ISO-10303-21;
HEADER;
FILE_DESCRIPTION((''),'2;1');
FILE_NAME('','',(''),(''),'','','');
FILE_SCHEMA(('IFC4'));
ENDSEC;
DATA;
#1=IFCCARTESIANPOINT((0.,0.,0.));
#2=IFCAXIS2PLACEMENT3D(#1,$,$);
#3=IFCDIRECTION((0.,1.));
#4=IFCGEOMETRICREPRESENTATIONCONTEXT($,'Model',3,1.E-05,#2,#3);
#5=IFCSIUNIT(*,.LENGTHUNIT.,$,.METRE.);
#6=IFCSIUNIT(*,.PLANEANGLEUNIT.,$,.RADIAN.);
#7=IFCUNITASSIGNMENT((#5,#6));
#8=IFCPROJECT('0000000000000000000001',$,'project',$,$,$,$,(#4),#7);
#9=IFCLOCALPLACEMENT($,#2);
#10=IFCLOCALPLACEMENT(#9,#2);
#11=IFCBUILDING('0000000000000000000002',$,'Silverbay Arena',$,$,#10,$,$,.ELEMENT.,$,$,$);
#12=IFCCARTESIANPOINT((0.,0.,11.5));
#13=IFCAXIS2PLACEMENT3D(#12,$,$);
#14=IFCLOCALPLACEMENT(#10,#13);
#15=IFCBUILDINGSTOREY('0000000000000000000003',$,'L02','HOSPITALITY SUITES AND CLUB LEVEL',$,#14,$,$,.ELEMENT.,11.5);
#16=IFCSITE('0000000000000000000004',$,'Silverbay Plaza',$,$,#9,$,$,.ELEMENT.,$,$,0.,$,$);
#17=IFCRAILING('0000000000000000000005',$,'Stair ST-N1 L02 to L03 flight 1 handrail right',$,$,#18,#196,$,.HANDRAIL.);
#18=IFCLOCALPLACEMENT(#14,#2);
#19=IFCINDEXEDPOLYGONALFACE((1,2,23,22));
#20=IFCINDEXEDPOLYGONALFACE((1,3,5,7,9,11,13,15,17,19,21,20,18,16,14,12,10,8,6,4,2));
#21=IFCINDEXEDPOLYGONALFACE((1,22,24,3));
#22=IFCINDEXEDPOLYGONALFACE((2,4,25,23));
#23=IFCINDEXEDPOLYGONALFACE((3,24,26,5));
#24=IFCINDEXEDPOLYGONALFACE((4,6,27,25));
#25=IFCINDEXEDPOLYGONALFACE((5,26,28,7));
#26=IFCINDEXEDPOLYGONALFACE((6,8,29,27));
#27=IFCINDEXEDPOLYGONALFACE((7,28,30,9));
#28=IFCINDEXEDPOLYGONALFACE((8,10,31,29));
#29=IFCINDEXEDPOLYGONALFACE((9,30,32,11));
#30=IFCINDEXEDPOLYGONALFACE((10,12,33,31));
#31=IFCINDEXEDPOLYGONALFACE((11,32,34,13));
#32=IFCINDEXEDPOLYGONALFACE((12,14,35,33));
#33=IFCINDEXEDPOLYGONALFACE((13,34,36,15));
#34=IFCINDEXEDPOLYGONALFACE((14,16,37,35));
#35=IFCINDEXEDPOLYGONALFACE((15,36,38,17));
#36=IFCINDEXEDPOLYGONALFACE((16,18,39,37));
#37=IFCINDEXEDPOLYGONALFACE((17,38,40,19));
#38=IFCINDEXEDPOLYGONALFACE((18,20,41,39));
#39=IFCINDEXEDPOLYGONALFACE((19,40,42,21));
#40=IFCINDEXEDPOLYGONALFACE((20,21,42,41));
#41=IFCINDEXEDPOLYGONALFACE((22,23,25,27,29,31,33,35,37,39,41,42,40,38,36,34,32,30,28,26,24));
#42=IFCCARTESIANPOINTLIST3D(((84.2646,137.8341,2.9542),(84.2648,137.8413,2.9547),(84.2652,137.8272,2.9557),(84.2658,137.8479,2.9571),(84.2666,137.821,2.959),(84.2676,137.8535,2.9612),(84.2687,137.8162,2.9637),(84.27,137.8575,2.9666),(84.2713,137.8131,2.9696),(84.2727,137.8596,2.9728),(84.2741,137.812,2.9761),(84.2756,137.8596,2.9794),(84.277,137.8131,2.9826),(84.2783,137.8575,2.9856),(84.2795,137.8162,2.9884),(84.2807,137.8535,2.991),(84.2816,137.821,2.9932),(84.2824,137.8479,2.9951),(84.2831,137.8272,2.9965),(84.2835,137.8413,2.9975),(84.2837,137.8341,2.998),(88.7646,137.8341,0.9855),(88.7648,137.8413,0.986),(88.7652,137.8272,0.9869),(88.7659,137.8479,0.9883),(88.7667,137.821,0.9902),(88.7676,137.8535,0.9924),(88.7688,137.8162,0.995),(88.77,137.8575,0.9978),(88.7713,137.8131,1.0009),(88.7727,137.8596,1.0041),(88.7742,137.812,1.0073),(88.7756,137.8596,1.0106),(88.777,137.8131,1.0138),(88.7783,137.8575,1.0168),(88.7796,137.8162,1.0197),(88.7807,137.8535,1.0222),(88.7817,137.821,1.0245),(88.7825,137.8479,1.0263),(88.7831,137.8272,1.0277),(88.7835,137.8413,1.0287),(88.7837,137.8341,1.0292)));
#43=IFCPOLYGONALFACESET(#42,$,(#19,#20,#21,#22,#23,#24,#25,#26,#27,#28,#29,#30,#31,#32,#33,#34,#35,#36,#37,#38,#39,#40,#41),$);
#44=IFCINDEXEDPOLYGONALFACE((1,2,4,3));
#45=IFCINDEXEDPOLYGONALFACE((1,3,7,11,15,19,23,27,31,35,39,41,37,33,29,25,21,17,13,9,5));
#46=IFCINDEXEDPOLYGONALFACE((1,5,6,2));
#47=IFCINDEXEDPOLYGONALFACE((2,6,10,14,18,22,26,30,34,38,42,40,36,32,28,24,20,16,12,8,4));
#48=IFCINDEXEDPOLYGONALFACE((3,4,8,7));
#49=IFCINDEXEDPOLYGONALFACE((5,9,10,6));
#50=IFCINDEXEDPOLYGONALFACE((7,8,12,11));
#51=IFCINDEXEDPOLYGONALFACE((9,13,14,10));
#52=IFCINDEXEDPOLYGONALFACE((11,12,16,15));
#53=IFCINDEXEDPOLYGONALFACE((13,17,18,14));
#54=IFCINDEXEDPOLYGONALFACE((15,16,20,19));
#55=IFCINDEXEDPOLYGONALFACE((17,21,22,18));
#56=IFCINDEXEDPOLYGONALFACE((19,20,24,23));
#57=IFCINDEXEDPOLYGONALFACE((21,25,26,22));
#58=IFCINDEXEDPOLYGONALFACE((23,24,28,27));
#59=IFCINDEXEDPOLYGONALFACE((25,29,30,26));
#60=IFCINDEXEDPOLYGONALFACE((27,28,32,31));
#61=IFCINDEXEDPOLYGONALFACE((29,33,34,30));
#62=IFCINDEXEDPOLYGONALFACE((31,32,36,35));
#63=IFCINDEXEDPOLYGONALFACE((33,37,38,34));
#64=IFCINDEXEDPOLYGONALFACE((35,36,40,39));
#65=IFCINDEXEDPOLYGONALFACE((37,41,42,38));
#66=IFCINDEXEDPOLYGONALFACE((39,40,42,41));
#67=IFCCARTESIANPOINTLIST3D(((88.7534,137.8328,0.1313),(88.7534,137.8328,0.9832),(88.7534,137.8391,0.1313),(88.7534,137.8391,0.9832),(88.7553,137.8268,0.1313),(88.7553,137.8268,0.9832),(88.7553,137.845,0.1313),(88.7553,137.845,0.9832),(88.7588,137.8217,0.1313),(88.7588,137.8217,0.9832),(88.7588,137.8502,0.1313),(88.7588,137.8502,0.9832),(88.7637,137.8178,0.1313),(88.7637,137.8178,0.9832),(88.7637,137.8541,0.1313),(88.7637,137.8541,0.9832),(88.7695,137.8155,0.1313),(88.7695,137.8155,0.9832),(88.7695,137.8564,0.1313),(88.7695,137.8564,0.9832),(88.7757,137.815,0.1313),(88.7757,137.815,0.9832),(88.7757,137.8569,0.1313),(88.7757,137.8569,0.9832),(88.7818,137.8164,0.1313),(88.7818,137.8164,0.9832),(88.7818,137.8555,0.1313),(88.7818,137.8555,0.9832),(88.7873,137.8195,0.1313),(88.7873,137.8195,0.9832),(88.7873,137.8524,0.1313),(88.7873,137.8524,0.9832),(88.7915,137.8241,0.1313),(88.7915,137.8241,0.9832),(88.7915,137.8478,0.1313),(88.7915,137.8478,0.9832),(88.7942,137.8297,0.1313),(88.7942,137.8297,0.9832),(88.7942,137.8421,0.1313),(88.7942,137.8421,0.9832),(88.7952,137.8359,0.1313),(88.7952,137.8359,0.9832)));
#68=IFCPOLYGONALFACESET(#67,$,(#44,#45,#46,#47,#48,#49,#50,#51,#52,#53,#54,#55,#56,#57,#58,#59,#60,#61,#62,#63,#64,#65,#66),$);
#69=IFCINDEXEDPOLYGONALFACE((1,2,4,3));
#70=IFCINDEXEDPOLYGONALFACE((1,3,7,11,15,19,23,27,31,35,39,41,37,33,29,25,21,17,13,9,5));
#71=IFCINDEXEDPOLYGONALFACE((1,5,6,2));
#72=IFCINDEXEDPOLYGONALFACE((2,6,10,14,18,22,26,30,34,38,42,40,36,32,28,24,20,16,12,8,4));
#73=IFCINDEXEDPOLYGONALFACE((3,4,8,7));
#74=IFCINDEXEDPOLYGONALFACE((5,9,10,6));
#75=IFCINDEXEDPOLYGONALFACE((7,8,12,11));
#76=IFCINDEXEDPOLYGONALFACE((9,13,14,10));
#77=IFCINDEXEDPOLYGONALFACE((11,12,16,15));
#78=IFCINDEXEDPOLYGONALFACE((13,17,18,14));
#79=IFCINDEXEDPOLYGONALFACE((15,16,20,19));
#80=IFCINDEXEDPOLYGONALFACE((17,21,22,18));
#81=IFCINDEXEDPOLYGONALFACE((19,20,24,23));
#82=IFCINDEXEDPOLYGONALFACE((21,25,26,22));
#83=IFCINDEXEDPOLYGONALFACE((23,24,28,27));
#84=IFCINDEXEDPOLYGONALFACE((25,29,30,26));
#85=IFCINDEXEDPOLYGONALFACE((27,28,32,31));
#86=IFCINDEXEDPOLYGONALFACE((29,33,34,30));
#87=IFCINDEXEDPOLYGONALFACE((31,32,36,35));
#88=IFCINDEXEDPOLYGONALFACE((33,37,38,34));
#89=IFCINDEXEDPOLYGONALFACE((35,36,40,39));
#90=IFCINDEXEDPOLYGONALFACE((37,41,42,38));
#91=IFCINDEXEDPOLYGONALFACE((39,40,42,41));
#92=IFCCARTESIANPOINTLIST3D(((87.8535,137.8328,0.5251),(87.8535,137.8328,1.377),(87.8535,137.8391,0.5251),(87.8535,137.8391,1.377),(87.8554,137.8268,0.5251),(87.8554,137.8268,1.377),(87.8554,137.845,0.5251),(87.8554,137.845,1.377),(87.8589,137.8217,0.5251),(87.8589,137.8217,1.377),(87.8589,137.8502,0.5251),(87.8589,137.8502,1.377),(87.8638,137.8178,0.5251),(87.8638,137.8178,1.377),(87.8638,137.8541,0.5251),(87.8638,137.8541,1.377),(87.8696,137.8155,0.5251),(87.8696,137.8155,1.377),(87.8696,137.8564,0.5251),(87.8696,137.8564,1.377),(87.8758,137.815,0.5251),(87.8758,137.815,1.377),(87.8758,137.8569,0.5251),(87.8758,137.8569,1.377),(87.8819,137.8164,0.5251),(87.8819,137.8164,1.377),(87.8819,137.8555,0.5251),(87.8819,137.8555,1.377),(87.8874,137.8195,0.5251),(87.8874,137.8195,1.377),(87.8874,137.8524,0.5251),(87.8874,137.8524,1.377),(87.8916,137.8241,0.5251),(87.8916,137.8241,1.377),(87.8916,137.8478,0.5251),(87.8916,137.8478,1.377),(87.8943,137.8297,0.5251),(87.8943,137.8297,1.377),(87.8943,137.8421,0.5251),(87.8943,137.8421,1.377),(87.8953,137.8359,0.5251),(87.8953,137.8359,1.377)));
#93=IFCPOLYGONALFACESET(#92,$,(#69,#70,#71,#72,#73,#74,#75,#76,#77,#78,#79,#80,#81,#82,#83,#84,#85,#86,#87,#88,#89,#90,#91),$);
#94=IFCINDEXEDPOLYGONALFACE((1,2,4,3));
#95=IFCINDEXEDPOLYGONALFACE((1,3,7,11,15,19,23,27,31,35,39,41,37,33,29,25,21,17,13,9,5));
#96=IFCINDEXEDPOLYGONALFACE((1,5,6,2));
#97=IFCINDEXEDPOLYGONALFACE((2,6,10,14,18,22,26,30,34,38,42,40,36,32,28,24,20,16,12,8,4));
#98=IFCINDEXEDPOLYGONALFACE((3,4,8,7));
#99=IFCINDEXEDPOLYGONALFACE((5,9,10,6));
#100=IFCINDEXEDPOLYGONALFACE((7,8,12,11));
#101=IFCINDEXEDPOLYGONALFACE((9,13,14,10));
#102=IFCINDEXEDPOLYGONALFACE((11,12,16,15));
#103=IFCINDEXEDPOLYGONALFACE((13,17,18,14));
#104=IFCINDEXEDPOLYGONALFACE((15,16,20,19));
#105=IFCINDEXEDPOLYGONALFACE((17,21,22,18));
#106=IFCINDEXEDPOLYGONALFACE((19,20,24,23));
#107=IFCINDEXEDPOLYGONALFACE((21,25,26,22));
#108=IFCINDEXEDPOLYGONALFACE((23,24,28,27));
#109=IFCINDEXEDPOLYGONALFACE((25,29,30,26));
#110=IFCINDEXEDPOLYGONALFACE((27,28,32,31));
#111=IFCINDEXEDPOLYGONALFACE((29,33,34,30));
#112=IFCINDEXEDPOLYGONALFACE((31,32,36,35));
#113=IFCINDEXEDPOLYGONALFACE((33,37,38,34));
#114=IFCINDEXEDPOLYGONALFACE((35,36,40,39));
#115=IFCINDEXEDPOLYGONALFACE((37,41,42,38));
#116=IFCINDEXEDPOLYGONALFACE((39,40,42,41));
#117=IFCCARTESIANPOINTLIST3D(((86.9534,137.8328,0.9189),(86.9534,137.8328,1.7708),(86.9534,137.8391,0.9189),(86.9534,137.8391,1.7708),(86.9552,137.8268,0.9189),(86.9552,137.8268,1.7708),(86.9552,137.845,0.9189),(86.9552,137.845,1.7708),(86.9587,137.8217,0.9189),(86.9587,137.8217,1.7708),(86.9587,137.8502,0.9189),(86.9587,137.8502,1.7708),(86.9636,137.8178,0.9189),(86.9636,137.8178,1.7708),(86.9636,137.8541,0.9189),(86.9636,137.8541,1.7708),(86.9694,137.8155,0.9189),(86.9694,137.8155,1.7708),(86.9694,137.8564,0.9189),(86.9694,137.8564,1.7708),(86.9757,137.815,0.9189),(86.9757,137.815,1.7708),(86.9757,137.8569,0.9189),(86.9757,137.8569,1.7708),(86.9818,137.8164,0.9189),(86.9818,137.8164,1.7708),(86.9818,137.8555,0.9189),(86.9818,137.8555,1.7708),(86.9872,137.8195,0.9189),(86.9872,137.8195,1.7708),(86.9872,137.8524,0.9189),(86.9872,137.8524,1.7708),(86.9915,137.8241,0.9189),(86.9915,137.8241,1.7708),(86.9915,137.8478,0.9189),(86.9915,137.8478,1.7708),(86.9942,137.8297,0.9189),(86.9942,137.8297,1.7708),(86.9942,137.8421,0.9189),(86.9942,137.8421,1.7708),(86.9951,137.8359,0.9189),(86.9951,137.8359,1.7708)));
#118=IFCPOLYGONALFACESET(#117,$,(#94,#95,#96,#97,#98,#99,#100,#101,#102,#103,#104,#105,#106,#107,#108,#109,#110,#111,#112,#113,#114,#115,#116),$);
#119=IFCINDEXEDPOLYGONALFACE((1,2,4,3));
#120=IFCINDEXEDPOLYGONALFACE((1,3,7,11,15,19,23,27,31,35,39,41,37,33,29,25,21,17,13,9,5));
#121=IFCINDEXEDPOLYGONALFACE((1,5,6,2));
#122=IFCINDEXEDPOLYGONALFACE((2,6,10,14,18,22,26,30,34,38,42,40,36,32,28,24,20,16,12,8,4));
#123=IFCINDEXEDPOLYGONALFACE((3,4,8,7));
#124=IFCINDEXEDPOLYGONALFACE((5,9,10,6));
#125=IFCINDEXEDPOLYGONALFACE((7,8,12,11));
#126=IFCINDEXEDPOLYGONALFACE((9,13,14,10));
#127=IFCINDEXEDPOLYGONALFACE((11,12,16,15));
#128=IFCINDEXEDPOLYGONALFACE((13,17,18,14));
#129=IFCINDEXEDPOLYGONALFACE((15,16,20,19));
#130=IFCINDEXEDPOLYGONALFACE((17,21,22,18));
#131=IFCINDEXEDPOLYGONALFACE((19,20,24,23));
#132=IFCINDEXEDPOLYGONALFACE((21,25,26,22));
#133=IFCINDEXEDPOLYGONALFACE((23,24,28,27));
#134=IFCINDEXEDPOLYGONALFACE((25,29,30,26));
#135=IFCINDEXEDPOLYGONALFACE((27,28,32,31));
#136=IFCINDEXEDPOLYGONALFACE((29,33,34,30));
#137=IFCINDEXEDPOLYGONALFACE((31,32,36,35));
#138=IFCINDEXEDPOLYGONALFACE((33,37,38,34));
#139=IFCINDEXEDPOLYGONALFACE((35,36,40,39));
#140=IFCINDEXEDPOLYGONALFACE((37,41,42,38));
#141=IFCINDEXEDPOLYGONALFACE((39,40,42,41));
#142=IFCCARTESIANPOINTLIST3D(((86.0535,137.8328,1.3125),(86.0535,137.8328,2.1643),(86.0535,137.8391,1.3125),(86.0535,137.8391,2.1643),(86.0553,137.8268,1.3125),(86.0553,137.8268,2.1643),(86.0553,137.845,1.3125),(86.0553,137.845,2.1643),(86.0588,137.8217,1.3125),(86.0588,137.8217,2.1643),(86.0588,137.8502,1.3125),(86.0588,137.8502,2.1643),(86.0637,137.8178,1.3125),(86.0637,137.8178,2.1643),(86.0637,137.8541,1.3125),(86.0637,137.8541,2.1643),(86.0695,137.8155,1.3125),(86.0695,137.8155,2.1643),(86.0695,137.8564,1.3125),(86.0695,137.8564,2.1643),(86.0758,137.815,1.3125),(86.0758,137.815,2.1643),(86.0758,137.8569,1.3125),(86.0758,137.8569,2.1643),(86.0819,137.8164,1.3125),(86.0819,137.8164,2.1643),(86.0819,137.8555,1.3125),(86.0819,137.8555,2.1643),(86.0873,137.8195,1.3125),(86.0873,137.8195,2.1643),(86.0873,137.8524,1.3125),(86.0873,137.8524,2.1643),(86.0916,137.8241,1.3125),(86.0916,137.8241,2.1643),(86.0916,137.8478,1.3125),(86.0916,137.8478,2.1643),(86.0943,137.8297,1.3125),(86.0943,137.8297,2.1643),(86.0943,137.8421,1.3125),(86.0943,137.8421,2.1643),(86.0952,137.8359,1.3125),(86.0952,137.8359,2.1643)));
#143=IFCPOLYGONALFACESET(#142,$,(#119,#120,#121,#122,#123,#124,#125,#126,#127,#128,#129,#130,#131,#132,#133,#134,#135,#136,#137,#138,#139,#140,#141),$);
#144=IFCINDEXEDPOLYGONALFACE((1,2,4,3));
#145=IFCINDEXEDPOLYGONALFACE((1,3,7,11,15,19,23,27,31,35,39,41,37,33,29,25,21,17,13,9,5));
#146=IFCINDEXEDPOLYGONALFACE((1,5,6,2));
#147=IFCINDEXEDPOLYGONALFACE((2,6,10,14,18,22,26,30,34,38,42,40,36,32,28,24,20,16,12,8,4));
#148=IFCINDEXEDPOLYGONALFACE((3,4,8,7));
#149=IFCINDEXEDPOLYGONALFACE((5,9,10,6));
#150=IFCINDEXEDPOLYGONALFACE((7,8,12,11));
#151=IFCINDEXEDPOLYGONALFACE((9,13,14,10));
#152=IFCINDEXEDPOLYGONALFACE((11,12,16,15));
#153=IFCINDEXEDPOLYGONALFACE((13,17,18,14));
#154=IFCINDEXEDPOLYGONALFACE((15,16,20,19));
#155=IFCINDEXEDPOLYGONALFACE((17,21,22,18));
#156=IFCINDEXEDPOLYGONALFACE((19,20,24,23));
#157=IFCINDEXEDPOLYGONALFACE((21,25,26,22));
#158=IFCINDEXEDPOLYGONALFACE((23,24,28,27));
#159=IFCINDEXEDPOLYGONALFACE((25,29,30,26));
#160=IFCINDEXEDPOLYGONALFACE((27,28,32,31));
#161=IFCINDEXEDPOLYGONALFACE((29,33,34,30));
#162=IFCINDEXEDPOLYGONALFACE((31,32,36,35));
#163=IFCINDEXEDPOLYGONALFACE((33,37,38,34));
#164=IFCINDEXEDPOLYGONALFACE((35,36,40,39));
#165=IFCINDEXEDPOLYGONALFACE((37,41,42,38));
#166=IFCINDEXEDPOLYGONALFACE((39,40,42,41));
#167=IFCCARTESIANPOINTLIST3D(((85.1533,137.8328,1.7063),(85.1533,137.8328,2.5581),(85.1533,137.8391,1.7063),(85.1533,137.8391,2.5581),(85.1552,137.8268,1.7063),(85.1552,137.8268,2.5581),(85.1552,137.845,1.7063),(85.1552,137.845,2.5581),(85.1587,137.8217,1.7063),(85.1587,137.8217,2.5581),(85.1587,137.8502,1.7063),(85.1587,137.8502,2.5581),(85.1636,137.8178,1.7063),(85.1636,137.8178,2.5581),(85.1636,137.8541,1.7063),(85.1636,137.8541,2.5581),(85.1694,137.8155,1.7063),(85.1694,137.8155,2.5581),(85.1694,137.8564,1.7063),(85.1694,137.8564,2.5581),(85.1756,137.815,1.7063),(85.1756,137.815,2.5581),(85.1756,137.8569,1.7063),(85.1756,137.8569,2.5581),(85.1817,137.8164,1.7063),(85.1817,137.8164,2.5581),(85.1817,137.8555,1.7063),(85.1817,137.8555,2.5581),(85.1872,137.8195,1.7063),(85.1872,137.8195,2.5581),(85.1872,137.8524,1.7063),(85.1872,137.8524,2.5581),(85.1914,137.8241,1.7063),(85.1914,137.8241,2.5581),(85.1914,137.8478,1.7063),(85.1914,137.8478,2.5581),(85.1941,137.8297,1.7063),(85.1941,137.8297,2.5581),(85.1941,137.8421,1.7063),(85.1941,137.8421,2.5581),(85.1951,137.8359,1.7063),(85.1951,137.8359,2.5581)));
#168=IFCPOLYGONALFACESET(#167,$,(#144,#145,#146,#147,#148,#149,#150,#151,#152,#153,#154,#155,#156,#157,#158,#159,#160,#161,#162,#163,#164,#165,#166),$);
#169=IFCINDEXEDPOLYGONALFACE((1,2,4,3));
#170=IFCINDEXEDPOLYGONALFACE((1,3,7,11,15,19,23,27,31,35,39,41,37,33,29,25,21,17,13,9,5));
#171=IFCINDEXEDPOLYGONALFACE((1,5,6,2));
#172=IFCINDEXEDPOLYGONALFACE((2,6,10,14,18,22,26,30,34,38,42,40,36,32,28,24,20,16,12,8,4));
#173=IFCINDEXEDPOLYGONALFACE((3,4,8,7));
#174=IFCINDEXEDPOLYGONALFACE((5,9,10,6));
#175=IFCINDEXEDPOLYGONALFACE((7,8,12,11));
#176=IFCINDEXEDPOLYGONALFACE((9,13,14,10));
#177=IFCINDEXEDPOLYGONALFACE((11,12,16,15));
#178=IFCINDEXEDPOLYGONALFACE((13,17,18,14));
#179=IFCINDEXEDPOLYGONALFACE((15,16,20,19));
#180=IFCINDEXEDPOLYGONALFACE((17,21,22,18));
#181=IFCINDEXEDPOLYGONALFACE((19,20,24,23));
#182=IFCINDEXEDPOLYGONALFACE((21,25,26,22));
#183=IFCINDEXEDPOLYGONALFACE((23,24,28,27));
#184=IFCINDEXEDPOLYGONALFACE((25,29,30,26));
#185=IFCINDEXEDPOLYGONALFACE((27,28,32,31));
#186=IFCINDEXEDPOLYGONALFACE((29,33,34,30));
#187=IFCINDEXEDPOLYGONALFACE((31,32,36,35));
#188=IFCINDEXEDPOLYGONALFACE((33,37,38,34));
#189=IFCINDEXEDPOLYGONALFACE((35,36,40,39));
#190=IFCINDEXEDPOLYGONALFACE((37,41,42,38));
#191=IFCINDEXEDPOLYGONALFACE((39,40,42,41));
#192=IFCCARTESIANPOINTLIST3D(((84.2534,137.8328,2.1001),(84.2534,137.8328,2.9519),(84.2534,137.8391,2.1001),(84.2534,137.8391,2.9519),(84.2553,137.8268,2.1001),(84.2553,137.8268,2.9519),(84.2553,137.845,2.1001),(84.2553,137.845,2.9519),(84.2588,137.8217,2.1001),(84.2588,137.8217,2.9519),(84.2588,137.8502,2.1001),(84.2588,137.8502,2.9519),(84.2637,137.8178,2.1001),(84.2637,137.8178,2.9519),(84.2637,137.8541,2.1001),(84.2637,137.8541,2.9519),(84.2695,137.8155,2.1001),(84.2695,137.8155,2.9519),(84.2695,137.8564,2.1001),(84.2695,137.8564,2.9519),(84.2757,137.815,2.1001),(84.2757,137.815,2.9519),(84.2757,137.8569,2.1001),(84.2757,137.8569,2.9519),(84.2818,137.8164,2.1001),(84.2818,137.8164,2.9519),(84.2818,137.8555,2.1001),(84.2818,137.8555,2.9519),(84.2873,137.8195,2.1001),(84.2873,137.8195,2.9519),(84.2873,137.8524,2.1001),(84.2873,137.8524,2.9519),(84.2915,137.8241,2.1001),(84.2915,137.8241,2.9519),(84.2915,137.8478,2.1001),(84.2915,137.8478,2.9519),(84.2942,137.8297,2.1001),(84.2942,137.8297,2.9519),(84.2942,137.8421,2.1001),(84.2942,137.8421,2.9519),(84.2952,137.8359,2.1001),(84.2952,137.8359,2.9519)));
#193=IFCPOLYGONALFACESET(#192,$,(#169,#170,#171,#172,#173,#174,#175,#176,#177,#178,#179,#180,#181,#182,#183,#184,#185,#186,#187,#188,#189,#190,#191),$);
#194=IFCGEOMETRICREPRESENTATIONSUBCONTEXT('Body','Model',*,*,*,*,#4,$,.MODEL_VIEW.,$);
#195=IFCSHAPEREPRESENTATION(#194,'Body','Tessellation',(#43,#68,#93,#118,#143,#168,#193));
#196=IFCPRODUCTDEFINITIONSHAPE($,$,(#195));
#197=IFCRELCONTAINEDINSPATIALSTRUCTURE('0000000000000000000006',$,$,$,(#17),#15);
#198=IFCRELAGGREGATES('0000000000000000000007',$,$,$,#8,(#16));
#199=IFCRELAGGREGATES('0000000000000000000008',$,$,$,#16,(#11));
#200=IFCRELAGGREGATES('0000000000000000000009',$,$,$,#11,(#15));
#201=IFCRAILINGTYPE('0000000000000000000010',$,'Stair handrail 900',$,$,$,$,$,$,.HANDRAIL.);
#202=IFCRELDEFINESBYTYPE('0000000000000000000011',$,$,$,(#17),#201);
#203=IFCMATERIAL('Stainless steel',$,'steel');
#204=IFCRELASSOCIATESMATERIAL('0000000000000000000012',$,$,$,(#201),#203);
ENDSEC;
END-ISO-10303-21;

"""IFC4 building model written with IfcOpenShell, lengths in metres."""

from ifc_helpers import new_model, si_unit, direction, frame, origin, origin_2d, place, context, subcontext, project, spatial, circle, extrude, material, type_object, element, save


model = new_model("IFC4")

# Units and contexts
model_context = context("Model", 3, precision=1e-05, world=origin(), true_north=direction((0.0, 1.0)))
body_context = subcontext(model_context, "Body", "Model", "MODEL_VIEW")
ifc_project = project(units=[si_unit("LENGTHUNIT", "METRE"), si_unit("PLANEANGLEUNIT", "RADIAN")], contexts=[model_context])

# Site, building, storey
site_placement = place(None, origin())
site = spatial("IfcSite", under=ifc_project, at=site_placement, Name="Silverbay Plaza", CompositionType="ELEMENT", RefElevation=0.0)
building_placement = place(site_placement, origin())
building = spatial("IfcBuilding", under=site, at=building_placement, Name="Silverbay Arena", CompositionType="ELEMENT")
storey_placement = place(building_placement, frame((0.0, 0.0, 11.5)))
storey = spatial("IfcBuildingStorey", under=building, at=storey_placement, Name="L02", Description="HOSPITALITY SUITES AND CLUB LEVEL", CompositionType="ELEMENT", Elevation=11.5)

# Railing
ifc_material_1 = material(Name="Stainless steel", Category="steel")
railing_type_1 = type_object("IfcRailingType", Name="Stair handrail 900", PredefinedType="HANDRAIL", material=ifc_material_1)
for number, where, name in (
    (1, (88.7742, 137.8359, 0.1313), "Stair ST-N1 L02 to L03 flight 1 handrail right"),
):
    element("IfcRailing", number, at=place(storey_placement, frame(where)), inside=storey, type_object=railing_type_1, Name=name, PredefinedType="HANDRAIL", context=body_context, shape_type="SweptSolid", body=[
        extrude(circle(Radius=0.0239, at=origin_2d()), frame((0.0, 0.0, 0.876), z_axis=(-0.916157, 0.0, 0.400819), x_axis=(0.0, -1.0, 0.0)), (0.0, 0.0, 1.0), 4.9119),
        extrude(circle(Radius=0.021, at=origin_2d()), origin(), (0.0, 0.0, 1.0), 0.8518),
        extrude(circle(Radius=0.021, at=origin_2d()), frame((-0.8999, 0.0, 0.3938)), (0.0, 0.0, 1.0), 0.8518),
        extrude(circle(Radius=0.021, at=origin_2d()), frame((-1.8, 0.0, 0.7876)), (0.0, 0.0, 1.0), 0.8518),
        extrude(circle(Radius=0.021, at=origin_2d()), frame((-2.7, 0.0, 1.1812)), (0.0, 0.0, 1.0), 0.8518),
        extrude(circle(Radius=0.021, at=origin_2d()), frame((-3.6001, 0.0, 1.575)), (0.0, 0.0, 1.0), 0.8518),
        extrude(circle(Radius=0.021, at=origin_2d()), frame((-4.5, 0.0, 1.9688)), (0.0, 0.0, 1.0), 0.8518),
    ])

save(model, "model.ifc")
